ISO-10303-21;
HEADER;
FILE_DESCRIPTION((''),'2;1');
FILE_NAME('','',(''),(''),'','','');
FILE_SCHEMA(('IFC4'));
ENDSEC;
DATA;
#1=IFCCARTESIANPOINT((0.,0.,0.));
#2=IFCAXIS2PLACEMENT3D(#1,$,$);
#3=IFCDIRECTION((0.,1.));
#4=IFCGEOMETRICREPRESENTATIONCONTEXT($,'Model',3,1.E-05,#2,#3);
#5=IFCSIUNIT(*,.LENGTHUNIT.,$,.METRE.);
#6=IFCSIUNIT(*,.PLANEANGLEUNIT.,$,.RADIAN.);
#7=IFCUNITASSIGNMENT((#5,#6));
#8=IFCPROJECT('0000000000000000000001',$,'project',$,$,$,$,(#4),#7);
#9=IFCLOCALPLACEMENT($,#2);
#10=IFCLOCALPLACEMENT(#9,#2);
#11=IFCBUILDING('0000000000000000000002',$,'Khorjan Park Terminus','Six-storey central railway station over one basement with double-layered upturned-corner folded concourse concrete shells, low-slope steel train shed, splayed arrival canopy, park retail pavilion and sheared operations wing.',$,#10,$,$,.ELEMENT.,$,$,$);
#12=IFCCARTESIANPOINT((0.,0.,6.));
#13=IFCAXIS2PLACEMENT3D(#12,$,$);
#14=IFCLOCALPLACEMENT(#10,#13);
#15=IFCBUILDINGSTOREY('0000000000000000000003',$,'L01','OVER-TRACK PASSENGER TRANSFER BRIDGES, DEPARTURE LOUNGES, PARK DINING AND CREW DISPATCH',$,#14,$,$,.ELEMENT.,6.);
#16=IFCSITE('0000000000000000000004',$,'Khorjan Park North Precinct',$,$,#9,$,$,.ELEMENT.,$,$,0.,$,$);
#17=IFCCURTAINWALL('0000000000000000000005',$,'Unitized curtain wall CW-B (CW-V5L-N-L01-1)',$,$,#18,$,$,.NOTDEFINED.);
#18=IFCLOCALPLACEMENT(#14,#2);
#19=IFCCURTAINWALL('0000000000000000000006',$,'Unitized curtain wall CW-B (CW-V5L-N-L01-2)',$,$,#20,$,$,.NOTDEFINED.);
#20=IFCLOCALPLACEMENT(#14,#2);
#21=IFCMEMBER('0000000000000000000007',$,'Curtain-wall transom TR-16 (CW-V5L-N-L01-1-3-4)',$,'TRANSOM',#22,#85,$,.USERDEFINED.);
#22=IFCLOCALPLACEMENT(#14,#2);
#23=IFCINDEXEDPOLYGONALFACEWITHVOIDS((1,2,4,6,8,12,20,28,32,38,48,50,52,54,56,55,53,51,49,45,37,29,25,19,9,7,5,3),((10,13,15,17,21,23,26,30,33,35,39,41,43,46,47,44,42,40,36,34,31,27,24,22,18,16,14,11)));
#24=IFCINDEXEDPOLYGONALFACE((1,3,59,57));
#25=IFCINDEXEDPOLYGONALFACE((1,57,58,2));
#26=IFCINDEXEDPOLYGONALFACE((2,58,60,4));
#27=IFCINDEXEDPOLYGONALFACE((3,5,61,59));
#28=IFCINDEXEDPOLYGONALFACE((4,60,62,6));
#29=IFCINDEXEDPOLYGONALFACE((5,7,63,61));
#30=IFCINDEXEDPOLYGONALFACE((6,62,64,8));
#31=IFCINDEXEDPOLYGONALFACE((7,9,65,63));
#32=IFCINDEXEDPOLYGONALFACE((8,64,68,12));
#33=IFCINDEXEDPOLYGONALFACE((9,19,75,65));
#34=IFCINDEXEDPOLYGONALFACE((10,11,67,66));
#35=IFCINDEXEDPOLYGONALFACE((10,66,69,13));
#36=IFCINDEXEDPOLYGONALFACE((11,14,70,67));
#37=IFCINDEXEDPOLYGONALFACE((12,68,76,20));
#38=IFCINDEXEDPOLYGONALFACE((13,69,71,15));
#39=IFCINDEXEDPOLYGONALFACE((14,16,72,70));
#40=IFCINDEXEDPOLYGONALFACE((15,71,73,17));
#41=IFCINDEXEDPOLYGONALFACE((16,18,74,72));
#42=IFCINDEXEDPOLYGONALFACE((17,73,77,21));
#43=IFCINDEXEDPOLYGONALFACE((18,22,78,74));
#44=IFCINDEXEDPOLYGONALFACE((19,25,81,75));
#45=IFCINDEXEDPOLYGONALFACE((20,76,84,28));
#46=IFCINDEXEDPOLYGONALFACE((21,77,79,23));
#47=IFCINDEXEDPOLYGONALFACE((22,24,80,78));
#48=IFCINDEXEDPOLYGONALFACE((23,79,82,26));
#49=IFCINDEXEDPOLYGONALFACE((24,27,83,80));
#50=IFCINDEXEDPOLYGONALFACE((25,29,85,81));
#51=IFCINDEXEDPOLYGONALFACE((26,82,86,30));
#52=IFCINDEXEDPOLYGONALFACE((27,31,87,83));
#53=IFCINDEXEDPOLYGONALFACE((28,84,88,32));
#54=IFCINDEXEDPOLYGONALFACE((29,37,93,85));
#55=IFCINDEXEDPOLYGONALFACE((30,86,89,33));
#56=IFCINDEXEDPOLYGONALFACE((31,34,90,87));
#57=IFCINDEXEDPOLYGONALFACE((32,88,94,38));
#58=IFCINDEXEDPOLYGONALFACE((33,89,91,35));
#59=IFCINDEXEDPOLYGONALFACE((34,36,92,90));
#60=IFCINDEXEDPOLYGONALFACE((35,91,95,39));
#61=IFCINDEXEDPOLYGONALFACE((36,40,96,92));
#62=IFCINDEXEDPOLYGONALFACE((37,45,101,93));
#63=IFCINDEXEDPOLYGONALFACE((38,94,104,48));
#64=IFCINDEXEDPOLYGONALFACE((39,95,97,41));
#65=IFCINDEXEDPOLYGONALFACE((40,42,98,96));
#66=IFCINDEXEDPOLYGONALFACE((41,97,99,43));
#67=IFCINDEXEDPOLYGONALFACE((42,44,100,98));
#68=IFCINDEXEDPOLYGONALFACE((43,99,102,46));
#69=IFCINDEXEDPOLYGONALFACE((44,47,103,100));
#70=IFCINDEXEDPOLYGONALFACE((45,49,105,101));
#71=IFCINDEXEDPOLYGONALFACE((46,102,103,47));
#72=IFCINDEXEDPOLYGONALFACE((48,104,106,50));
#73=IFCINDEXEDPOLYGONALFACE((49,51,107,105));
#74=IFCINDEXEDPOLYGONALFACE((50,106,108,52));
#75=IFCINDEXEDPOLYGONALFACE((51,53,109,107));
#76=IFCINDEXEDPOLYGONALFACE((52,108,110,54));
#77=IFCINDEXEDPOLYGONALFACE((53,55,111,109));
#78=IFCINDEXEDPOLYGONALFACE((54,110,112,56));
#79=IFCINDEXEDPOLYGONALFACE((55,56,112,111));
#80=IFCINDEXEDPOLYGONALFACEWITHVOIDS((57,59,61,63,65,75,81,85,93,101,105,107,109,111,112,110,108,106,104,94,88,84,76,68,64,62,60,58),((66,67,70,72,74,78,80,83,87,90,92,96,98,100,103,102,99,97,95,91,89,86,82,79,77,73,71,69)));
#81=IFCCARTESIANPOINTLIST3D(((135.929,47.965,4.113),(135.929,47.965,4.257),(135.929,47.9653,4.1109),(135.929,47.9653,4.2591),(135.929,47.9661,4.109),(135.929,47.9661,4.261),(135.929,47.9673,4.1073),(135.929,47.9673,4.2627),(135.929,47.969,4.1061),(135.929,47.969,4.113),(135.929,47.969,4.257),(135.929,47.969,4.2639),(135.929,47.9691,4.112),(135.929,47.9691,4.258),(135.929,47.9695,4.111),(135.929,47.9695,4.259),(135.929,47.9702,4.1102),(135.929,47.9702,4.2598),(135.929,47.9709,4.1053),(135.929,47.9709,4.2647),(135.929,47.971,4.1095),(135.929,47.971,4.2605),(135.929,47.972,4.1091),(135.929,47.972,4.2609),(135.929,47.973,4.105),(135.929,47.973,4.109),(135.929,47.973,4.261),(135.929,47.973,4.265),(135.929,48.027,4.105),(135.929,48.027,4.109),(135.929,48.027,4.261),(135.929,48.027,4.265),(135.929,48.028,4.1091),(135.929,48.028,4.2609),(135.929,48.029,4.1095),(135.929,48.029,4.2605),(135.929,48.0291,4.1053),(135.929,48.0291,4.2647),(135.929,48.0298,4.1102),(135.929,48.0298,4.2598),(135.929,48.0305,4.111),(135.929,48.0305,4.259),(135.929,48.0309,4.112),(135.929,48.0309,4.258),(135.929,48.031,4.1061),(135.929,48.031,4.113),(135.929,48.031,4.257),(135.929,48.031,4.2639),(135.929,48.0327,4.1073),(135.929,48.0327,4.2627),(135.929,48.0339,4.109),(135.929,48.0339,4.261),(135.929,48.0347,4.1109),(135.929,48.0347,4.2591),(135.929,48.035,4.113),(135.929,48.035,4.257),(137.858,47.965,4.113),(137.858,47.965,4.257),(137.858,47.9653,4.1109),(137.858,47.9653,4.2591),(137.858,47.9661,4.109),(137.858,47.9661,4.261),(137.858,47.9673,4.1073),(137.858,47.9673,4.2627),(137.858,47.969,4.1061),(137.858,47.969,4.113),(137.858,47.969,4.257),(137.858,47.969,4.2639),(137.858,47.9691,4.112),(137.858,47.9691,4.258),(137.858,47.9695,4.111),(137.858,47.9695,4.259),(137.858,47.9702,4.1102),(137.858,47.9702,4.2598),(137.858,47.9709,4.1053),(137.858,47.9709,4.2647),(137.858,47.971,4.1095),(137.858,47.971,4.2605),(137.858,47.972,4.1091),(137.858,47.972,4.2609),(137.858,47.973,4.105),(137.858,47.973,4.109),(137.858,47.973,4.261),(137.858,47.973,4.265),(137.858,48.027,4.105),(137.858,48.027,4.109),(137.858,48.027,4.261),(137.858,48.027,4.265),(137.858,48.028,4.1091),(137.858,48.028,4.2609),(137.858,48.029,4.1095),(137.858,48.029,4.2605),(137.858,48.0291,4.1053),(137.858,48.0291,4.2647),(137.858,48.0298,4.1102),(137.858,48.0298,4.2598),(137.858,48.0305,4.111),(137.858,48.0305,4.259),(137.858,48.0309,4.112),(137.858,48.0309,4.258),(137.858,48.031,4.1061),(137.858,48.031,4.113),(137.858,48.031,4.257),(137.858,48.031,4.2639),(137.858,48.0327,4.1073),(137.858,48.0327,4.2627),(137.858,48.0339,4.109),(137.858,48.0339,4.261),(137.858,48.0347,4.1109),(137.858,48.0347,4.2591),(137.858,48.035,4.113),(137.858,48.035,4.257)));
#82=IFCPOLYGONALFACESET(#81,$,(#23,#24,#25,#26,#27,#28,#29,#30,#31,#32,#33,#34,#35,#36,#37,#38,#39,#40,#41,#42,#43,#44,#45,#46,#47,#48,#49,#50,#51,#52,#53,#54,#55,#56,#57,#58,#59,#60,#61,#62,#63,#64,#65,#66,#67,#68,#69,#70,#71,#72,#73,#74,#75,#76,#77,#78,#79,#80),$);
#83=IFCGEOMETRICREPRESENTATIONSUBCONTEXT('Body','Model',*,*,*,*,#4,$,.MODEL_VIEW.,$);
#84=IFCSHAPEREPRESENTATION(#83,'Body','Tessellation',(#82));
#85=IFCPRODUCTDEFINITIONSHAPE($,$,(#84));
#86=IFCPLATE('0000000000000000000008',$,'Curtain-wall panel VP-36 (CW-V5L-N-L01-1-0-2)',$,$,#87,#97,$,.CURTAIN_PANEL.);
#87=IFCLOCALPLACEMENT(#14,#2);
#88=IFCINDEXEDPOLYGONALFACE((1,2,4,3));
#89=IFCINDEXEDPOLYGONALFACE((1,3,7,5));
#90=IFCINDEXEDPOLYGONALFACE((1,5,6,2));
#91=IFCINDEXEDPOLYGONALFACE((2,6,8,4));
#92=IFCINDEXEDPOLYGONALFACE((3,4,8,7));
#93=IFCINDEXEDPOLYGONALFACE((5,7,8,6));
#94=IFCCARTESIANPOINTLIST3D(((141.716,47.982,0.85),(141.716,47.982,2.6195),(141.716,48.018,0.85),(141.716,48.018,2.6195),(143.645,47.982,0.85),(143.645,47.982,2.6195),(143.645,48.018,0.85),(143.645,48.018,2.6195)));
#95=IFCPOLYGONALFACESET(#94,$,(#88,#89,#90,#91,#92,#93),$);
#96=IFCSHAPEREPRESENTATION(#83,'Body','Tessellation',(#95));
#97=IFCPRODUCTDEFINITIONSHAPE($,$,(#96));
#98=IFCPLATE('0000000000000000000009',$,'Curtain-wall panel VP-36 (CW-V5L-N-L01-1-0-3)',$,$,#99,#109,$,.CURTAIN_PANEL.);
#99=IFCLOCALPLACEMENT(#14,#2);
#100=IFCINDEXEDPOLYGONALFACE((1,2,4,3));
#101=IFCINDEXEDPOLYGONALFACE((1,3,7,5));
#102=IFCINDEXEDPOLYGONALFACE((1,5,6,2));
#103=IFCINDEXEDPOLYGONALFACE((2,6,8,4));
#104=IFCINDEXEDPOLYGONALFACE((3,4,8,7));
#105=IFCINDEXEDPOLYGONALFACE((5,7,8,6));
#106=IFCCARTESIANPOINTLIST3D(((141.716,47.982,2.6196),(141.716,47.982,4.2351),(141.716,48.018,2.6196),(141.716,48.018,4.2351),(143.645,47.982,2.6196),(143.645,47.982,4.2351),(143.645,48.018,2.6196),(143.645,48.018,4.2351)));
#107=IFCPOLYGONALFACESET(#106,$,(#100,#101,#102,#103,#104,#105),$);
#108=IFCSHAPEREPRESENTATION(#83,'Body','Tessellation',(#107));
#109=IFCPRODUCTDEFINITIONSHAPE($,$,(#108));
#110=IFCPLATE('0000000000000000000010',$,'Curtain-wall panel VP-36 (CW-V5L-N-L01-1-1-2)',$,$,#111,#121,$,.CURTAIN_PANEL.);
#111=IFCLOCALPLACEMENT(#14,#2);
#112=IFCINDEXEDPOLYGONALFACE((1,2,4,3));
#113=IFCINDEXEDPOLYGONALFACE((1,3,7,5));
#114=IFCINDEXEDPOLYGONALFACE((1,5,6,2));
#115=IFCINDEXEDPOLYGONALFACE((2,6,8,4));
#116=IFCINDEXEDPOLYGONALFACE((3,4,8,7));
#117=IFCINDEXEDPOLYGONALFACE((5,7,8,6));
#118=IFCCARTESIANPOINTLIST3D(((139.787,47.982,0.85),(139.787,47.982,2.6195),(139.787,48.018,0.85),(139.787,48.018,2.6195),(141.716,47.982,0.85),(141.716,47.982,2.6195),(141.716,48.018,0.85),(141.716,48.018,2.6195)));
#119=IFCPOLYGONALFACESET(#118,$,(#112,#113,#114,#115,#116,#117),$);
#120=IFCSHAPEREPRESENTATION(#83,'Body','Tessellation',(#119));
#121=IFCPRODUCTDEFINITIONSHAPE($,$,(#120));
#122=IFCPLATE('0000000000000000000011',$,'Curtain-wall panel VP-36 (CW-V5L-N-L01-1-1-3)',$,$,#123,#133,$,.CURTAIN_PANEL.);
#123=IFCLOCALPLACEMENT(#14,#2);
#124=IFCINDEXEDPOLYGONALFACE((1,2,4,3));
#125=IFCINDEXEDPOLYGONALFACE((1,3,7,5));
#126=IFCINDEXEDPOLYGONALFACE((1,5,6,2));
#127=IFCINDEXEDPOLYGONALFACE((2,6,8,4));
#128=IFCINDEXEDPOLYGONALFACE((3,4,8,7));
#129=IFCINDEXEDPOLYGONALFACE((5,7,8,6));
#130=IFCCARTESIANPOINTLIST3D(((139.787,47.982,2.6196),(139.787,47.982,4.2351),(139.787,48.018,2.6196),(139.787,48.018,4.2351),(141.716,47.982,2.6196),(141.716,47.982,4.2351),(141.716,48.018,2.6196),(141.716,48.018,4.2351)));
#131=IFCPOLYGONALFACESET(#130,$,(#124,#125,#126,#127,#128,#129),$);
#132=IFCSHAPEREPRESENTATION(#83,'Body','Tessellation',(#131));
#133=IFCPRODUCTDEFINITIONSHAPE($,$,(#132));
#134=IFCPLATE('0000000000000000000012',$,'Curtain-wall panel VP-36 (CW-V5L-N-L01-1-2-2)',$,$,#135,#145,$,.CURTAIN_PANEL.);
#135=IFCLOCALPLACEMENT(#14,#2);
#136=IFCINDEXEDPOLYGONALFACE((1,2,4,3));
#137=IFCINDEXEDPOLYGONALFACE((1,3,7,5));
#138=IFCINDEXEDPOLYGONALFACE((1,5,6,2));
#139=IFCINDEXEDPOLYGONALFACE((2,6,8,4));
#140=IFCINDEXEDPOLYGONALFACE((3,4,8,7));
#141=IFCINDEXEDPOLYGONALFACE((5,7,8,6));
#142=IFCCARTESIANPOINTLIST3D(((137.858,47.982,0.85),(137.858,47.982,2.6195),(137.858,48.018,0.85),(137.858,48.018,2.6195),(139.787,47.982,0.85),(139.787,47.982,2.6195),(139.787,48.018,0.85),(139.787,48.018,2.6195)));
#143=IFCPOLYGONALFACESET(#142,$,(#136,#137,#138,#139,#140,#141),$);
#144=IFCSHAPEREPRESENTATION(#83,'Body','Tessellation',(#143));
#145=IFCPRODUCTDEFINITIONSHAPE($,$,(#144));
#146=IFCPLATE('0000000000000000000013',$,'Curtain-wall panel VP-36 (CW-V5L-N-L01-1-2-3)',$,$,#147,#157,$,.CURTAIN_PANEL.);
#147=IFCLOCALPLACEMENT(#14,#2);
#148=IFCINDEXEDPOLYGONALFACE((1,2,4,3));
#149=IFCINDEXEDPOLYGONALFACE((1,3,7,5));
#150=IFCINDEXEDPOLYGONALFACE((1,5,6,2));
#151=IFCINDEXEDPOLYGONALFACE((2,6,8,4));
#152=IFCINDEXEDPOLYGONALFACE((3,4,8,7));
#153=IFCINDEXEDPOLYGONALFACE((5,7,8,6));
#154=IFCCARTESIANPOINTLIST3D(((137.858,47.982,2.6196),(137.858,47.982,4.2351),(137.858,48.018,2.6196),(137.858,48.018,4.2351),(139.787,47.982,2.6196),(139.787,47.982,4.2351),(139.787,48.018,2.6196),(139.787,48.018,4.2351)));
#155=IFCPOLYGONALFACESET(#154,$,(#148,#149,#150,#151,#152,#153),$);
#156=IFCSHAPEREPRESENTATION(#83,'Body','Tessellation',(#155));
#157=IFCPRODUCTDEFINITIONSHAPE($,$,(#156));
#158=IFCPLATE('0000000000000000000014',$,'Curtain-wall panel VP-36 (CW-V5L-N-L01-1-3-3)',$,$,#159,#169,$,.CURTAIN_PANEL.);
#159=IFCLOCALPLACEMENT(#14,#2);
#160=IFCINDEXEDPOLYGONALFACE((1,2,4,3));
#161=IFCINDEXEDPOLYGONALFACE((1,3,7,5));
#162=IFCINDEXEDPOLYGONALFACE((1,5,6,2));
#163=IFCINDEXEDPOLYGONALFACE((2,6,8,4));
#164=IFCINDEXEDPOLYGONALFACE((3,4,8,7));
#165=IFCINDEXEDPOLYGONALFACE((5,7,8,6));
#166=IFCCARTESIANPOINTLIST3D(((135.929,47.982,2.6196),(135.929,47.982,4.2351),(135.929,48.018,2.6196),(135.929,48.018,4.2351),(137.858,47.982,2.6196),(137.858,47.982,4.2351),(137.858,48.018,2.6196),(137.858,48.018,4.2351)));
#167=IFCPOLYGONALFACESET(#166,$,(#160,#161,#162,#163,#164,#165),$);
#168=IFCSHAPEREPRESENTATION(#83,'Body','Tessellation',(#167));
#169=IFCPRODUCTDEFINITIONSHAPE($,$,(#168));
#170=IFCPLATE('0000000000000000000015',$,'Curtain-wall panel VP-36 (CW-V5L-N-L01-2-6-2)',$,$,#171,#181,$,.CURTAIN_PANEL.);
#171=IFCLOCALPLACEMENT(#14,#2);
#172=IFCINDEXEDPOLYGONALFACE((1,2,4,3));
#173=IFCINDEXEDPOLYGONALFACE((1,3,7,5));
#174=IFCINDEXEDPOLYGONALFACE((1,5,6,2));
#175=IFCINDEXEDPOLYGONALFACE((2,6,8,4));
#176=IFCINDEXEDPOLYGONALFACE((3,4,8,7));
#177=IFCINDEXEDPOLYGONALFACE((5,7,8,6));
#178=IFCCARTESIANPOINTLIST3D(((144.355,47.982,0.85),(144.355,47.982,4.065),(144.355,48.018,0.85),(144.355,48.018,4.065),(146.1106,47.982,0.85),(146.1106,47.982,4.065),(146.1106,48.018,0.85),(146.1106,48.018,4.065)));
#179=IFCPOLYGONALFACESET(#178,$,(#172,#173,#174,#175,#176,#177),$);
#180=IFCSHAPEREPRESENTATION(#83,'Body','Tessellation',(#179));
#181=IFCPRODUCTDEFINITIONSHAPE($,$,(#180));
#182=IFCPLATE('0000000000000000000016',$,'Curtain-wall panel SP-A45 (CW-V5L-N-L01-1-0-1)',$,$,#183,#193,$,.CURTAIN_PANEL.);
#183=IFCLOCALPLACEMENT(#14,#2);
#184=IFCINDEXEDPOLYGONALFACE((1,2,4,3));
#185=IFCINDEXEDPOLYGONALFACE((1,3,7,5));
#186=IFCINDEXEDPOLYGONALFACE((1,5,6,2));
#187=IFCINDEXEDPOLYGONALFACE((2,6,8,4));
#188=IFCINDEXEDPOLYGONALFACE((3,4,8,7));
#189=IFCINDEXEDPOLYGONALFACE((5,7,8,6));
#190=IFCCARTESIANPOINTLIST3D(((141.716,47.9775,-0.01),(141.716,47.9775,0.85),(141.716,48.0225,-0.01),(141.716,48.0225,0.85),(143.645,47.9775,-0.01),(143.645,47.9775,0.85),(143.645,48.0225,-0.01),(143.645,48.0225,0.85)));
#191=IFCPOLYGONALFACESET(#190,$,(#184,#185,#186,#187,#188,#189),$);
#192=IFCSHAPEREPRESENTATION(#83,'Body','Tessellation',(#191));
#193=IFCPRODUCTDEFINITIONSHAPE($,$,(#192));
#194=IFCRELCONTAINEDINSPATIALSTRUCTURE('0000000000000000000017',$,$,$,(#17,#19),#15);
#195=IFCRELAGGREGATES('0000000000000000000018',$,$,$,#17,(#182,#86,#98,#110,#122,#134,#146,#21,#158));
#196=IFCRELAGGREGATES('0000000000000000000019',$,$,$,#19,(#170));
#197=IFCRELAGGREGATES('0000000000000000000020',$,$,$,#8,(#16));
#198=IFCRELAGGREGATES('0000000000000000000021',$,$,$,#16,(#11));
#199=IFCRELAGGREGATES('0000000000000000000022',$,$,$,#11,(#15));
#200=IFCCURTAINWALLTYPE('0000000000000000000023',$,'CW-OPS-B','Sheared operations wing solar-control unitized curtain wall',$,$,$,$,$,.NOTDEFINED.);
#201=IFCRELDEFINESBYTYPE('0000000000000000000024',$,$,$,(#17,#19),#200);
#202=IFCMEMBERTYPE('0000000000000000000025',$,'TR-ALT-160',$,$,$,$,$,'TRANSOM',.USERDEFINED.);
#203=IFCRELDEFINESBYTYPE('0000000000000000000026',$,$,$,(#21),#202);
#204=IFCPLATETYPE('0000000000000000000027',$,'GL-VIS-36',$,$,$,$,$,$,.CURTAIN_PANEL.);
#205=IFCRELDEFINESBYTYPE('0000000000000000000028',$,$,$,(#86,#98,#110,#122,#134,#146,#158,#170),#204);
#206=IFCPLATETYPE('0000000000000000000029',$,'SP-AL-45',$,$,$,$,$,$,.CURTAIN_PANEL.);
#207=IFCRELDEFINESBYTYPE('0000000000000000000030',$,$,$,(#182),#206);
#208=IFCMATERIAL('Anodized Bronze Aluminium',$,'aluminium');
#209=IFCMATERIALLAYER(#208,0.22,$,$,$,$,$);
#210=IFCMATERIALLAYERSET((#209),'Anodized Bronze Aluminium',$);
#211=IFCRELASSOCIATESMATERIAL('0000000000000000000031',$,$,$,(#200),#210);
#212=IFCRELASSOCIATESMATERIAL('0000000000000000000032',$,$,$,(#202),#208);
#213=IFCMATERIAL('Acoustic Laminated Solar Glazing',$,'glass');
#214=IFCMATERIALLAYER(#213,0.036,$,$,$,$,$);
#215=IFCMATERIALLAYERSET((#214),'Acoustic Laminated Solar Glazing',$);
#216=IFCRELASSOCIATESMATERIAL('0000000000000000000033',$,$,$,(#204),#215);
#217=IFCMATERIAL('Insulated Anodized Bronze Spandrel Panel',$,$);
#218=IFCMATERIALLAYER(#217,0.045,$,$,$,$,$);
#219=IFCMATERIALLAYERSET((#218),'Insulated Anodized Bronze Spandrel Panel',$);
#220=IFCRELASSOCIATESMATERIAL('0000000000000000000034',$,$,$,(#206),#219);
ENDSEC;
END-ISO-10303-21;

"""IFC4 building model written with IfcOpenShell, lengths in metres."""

from ifc_helpers import new_model, si_unit, direction, frame, origin, origin_2d, place, context, subcontext, project, spatial, rectangle, hollow_rectangle, extrude, material, layer, layer_set, material_profile, profile_set, type_object, element, aggregate, save


model = new_model("IFC4")

# Units and contexts
model_context = context("Model", 3, precision=1e-05, world=origin(), true_north=direction((0.0, 1.0)))
body_context = subcontext(model_context, "Body", "Model", "MODEL_VIEW")
ifc_project = project(units=[si_unit("LENGTHUNIT", "METRE"), si_unit("PLANEANGLEUNIT", "RADIAN")], contexts=[model_context])

# Site, building, storey
site_placement = place(None, origin())
site = spatial("IfcSite", under=ifc_project, at=site_placement, Name="Khorjan Park North Precinct", CompositionType="ELEMENT", RefElevation=0.0)
building_placement = place(site_placement, origin())
building = spatial("IfcBuilding", under=site, at=building_placement, Name="Khorjan Park Terminus", Description="Six-storey central railway station over one basement with double-layered upturned-corner folded concourse concrete shells, low-slope steel train shed, splayed arrival canopy, park retail pavilion and sheared operations wing.", CompositionType="ELEMENT")
storey_placement = place(building_placement, frame((0.0, 0.0, 6.0)))
storey = spatial("IfcBuildingStorey", under=building, at=storey_placement, Name="L01", Description="OVER-TRACK PASSENGER TRANSFER BRIDGES, DEPARTURE LOUNGES, PARK DINING AND CREW DISPATCH", CompositionType="ELEMENT", Elevation=6.0)

# Curtain wall
ifc_material_1 = material(Name="Anodized Bronze Aluminium", Category="aluminium")
ifc_layer_1 = layer(ifc_material_1, 0.22)
ifc_layer_set_1 = layer_set([ifc_layer_1], Name="Anodized Bronze Aluminium")
curtain_wall_type = type_object("IfcCurtainWallType", Name="CW-OPS-B", Description="Sheared operations wing solar-control unitized curtain wall", PredefinedType="NOTDEFINED", material=ifc_layer_set_1)
curtain_wall_1_placement = place(storey_placement, origin())
curtain_wall_1 = element("IfcCurtainWall", 1, at=curtain_wall_1_placement, inside=storey, type_object=curtain_wall_type, Name="Unitized curtain wall CW-B (CW-V5L-N-L01-1)", PredefinedType="NOTDEFINED")

# Curtain wall
curtain_wall_2_placement = place(storey_placement, origin())
curtain_wall_2 = element("IfcCurtainWall", 2, at=curtain_wall_2_placement, inside=storey, type_object=curtain_wall_type, Name="Unitized curtain wall CW-B (CW-V5L-N-L01-2)", PredefinedType="NOTDEFINED")

# Member
ifc_material_profile_1 = material_profile(ifc_material_1, hollow_rectangle(XDim=0.07, YDim=0.16, WallThickness=0.004, InnerFilletRadius=0.004, OuterFilletRadius=0.008, at=origin_2d()), Name="ALT 70x160x4")
ifc_profile_set_1 = profile_set([ifc_material_profile_1], Name="Anodized Bronze Aluminium")
member_type_1 = type_object("IfcMemberType", Name="TR-ALT-160", ElementType="TRANSOM", PredefinedType="USERDEFINED", material=ifc_profile_set_1)
member_1_placement = place(storey_placement, frame((137.858, 48.0, 4.185), z_axis=(-1.0, 0.0, 0.0), x_axis=(0.0, -1.0, 0.0)))
member_1 = element("IfcMember", 3, at=member_1_placement, type_object=member_type_1, Name="Curtain-wall transom TR-16 (CW-V5L-N-L01-1-3-4)", ObjectType="TRANSOM", PredefinedType="USERDEFINED", context=body_context, shape_type="SweptSolid", body=[
    extrude(hollow_rectangle(XDim=0.07, YDim=0.16, WallThickness=0.004, InnerFilletRadius=0.004, OuterFilletRadius=0.008, at=origin_2d()), origin(), (0.0, 0.0, 1.0), 1.929),
])

# Plates
ifc_material_2 = material(Name="Acoustic Laminated Solar Glazing", Category="glass")
ifc_layer_2 = layer(ifc_material_2, 0.036)
ifc_layer_set_2 = layer_set([ifc_layer_2], Name="Acoustic Laminated Solar Glazing")
plate_type_1 = type_object("IfcPlateType", Name="GL-VIS-36", PredefinedType="CURTAIN_PANEL", material=ifc_layer_set_2)
plate_1_placement = place(storey_placement, frame((142.6805, 48.0, 0.85), z_axis=(0.0, 0.0, 1.0), x_axis=(-1.0, 0.0, 0.0)))
plate_1 = element("IfcPlate", 4, at=plate_1_placement, type_object=plate_type_1, Name="Curtain-wall panel VP-36 (CW-V5L-N-L01-1-0-2)", PredefinedType="CURTAIN_PANEL", context=body_context, shape_type="SweptSolid", body=[
    extrude(rectangle(XDim=1.929, YDim=0.036, at=origin_2d()), origin(), (0.0, 0.0, 1.0), 1.7695),
])
plate_2_placement = place(storey_placement, frame((142.6805, 48.0, 2.6196), z_axis=(0.0, 0.0, 1.0), x_axis=(-1.0, 0.0, 0.0)))
plate_2 = element("IfcPlate", 5, at=plate_2_placement, type_object=plate_type_1, Name="Curtain-wall panel VP-36 (CW-V5L-N-L01-1-0-3)", PredefinedType="CURTAIN_PANEL", context=body_context, shape_type="SweptSolid", body=[
    extrude(rectangle(XDim=1.929, YDim=0.036, at=origin_2d()), origin(), (0.0, 0.0, 1.0), 1.6155),
])
plate_3_placement = place(storey_placement, frame((140.7515, 48.0, 0.85), z_axis=(0.0, 0.0, 1.0), x_axis=(-1.0, 0.0, 0.0)))
plate_3 = element("IfcPlate", 6, at=plate_3_placement, type_object=plate_type_1, Name="Curtain-wall panel VP-36 (CW-V5L-N-L01-1-1-2)", PredefinedType="CURTAIN_PANEL", context=body_context, shape_type="SweptSolid", body=[
    extrude(rectangle(XDim=1.929, YDim=0.036, at=origin_2d()), origin(), (0.0, 0.0, 1.0), 1.7695),
])
plate_4_placement = place(storey_placement, frame((140.7515, 48.0, 2.6196), z_axis=(0.0, 0.0, 1.0), x_axis=(-1.0, 0.0, 0.0)))
plate_4 = element("IfcPlate", 7, at=plate_4_placement, type_object=plate_type_1, Name="Curtain-wall panel VP-36 (CW-V5L-N-L01-1-1-3)", PredefinedType="CURTAIN_PANEL", context=body_context, shape_type="SweptSolid", body=[
    extrude(rectangle(XDim=1.929, YDim=0.036, at=origin_2d()), origin(), (0.0, 0.0, 1.0), 1.6155),
])
plate_5_placement = place(storey_placement, frame((138.8225, 48.0, 0.85), z_axis=(0.0, 0.0, 1.0), x_axis=(-1.0, 0.0, 0.0)))
plate_5 = element("IfcPlate", 8, at=plate_5_placement, type_object=plate_type_1, Name="Curtain-wall panel VP-36 (CW-V5L-N-L01-1-2-2)", PredefinedType="CURTAIN_PANEL", context=body_context, shape_type="SweptSolid", body=[
    extrude(rectangle(XDim=1.929, YDim=0.036, at=origin_2d()), origin(), (0.0, 0.0, 1.0), 1.7695),
])
plate_6_placement = place(storey_placement, frame((138.8225, 48.0, 2.6196), z_axis=(0.0, 0.0, 1.0), x_axis=(-1.0, 0.0, 0.0)))
plate_6 = element("IfcPlate", 9, at=plate_6_placement, type_object=plate_type_1, Name="Curtain-wall panel VP-36 (CW-V5L-N-L01-1-2-3)", PredefinedType="CURTAIN_PANEL", context=body_context, shape_type="SweptSolid", body=[
    extrude(rectangle(XDim=1.929, YDim=0.036, at=origin_2d()), origin(), (0.0, 0.0, 1.0), 1.6155),
])
plate_7_placement = place(storey_placement, frame((136.8935, 48.0, 2.6196), z_axis=(0.0, 0.0, 1.0), x_axis=(-1.0, 0.0, 0.0)))
plate_7 = element("IfcPlate", 10, at=plate_7_placement, type_object=plate_type_1, Name="Curtain-wall panel VP-36 (CW-V5L-N-L01-1-3-3)", PredefinedType="CURTAIN_PANEL", context=body_context, shape_type="SweptSolid", body=[
    extrude(rectangle(XDim=1.929, YDim=0.036, at=origin_2d()), origin(), (0.0, 0.0, 1.0), 1.6155),
])
plate_8_placement = place(storey_placement, frame((145.2328, 48.0, 0.85), z_axis=(0.0, 0.0, 1.0), x_axis=(-1.0, 0.0, 0.0)))
plate_8 = element("IfcPlate", 11, at=plate_8_placement, type_object=plate_type_1, Name="Curtain-wall panel VP-36 (CW-V5L-N-L01-2-6-2)", PredefinedType="CURTAIN_PANEL", context=body_context, shape_type="SweptSolid", body=[
    extrude(rectangle(XDim=1.7557, YDim=0.036, at=origin_2d()), origin(), (0.0, 0.0, 1.0), 3.215),
])
ifc_material_3 = material(Name="Insulated Anodized Bronze Spandrel Panel")
ifc_layer_3 = layer(ifc_material_3, 0.045)
ifc_layer_set_3 = layer_set([ifc_layer_3], Name="Insulated Anodized Bronze Spandrel Panel")
plate_type_2 = type_object("IfcPlateType", Name="SP-AL-45", PredefinedType="CURTAIN_PANEL", material=ifc_layer_set_3)
plate_9_placement = place(storey_placement, frame((142.6805, 48.0, -0.01), z_axis=(0.0, 0.0, 1.0), x_axis=(-1.0, 0.0, 0.0)))
plate_9 = element("IfcPlate", 12, at=plate_9_placement, type_object=plate_type_2, Name="Curtain-wall panel SP-A45 (CW-V5L-N-L01-1-0-1)", PredefinedType="CURTAIN_PANEL", context=body_context, shape_type="SweptSolid", body=[
    extrude(rectangle(XDim=1.929, YDim=0.045, at=origin_2d()), origin(), (0.0, 0.0, 1.0), 0.86),
])
aggregate(curtain_wall_1, [plate_9, plate_1, plate_2, plate_3, plate_4, plate_5, plate_6, member_1, plate_7])
aggregate(curtain_wall_2, [plate_8])

save(model, "model.ifc")
